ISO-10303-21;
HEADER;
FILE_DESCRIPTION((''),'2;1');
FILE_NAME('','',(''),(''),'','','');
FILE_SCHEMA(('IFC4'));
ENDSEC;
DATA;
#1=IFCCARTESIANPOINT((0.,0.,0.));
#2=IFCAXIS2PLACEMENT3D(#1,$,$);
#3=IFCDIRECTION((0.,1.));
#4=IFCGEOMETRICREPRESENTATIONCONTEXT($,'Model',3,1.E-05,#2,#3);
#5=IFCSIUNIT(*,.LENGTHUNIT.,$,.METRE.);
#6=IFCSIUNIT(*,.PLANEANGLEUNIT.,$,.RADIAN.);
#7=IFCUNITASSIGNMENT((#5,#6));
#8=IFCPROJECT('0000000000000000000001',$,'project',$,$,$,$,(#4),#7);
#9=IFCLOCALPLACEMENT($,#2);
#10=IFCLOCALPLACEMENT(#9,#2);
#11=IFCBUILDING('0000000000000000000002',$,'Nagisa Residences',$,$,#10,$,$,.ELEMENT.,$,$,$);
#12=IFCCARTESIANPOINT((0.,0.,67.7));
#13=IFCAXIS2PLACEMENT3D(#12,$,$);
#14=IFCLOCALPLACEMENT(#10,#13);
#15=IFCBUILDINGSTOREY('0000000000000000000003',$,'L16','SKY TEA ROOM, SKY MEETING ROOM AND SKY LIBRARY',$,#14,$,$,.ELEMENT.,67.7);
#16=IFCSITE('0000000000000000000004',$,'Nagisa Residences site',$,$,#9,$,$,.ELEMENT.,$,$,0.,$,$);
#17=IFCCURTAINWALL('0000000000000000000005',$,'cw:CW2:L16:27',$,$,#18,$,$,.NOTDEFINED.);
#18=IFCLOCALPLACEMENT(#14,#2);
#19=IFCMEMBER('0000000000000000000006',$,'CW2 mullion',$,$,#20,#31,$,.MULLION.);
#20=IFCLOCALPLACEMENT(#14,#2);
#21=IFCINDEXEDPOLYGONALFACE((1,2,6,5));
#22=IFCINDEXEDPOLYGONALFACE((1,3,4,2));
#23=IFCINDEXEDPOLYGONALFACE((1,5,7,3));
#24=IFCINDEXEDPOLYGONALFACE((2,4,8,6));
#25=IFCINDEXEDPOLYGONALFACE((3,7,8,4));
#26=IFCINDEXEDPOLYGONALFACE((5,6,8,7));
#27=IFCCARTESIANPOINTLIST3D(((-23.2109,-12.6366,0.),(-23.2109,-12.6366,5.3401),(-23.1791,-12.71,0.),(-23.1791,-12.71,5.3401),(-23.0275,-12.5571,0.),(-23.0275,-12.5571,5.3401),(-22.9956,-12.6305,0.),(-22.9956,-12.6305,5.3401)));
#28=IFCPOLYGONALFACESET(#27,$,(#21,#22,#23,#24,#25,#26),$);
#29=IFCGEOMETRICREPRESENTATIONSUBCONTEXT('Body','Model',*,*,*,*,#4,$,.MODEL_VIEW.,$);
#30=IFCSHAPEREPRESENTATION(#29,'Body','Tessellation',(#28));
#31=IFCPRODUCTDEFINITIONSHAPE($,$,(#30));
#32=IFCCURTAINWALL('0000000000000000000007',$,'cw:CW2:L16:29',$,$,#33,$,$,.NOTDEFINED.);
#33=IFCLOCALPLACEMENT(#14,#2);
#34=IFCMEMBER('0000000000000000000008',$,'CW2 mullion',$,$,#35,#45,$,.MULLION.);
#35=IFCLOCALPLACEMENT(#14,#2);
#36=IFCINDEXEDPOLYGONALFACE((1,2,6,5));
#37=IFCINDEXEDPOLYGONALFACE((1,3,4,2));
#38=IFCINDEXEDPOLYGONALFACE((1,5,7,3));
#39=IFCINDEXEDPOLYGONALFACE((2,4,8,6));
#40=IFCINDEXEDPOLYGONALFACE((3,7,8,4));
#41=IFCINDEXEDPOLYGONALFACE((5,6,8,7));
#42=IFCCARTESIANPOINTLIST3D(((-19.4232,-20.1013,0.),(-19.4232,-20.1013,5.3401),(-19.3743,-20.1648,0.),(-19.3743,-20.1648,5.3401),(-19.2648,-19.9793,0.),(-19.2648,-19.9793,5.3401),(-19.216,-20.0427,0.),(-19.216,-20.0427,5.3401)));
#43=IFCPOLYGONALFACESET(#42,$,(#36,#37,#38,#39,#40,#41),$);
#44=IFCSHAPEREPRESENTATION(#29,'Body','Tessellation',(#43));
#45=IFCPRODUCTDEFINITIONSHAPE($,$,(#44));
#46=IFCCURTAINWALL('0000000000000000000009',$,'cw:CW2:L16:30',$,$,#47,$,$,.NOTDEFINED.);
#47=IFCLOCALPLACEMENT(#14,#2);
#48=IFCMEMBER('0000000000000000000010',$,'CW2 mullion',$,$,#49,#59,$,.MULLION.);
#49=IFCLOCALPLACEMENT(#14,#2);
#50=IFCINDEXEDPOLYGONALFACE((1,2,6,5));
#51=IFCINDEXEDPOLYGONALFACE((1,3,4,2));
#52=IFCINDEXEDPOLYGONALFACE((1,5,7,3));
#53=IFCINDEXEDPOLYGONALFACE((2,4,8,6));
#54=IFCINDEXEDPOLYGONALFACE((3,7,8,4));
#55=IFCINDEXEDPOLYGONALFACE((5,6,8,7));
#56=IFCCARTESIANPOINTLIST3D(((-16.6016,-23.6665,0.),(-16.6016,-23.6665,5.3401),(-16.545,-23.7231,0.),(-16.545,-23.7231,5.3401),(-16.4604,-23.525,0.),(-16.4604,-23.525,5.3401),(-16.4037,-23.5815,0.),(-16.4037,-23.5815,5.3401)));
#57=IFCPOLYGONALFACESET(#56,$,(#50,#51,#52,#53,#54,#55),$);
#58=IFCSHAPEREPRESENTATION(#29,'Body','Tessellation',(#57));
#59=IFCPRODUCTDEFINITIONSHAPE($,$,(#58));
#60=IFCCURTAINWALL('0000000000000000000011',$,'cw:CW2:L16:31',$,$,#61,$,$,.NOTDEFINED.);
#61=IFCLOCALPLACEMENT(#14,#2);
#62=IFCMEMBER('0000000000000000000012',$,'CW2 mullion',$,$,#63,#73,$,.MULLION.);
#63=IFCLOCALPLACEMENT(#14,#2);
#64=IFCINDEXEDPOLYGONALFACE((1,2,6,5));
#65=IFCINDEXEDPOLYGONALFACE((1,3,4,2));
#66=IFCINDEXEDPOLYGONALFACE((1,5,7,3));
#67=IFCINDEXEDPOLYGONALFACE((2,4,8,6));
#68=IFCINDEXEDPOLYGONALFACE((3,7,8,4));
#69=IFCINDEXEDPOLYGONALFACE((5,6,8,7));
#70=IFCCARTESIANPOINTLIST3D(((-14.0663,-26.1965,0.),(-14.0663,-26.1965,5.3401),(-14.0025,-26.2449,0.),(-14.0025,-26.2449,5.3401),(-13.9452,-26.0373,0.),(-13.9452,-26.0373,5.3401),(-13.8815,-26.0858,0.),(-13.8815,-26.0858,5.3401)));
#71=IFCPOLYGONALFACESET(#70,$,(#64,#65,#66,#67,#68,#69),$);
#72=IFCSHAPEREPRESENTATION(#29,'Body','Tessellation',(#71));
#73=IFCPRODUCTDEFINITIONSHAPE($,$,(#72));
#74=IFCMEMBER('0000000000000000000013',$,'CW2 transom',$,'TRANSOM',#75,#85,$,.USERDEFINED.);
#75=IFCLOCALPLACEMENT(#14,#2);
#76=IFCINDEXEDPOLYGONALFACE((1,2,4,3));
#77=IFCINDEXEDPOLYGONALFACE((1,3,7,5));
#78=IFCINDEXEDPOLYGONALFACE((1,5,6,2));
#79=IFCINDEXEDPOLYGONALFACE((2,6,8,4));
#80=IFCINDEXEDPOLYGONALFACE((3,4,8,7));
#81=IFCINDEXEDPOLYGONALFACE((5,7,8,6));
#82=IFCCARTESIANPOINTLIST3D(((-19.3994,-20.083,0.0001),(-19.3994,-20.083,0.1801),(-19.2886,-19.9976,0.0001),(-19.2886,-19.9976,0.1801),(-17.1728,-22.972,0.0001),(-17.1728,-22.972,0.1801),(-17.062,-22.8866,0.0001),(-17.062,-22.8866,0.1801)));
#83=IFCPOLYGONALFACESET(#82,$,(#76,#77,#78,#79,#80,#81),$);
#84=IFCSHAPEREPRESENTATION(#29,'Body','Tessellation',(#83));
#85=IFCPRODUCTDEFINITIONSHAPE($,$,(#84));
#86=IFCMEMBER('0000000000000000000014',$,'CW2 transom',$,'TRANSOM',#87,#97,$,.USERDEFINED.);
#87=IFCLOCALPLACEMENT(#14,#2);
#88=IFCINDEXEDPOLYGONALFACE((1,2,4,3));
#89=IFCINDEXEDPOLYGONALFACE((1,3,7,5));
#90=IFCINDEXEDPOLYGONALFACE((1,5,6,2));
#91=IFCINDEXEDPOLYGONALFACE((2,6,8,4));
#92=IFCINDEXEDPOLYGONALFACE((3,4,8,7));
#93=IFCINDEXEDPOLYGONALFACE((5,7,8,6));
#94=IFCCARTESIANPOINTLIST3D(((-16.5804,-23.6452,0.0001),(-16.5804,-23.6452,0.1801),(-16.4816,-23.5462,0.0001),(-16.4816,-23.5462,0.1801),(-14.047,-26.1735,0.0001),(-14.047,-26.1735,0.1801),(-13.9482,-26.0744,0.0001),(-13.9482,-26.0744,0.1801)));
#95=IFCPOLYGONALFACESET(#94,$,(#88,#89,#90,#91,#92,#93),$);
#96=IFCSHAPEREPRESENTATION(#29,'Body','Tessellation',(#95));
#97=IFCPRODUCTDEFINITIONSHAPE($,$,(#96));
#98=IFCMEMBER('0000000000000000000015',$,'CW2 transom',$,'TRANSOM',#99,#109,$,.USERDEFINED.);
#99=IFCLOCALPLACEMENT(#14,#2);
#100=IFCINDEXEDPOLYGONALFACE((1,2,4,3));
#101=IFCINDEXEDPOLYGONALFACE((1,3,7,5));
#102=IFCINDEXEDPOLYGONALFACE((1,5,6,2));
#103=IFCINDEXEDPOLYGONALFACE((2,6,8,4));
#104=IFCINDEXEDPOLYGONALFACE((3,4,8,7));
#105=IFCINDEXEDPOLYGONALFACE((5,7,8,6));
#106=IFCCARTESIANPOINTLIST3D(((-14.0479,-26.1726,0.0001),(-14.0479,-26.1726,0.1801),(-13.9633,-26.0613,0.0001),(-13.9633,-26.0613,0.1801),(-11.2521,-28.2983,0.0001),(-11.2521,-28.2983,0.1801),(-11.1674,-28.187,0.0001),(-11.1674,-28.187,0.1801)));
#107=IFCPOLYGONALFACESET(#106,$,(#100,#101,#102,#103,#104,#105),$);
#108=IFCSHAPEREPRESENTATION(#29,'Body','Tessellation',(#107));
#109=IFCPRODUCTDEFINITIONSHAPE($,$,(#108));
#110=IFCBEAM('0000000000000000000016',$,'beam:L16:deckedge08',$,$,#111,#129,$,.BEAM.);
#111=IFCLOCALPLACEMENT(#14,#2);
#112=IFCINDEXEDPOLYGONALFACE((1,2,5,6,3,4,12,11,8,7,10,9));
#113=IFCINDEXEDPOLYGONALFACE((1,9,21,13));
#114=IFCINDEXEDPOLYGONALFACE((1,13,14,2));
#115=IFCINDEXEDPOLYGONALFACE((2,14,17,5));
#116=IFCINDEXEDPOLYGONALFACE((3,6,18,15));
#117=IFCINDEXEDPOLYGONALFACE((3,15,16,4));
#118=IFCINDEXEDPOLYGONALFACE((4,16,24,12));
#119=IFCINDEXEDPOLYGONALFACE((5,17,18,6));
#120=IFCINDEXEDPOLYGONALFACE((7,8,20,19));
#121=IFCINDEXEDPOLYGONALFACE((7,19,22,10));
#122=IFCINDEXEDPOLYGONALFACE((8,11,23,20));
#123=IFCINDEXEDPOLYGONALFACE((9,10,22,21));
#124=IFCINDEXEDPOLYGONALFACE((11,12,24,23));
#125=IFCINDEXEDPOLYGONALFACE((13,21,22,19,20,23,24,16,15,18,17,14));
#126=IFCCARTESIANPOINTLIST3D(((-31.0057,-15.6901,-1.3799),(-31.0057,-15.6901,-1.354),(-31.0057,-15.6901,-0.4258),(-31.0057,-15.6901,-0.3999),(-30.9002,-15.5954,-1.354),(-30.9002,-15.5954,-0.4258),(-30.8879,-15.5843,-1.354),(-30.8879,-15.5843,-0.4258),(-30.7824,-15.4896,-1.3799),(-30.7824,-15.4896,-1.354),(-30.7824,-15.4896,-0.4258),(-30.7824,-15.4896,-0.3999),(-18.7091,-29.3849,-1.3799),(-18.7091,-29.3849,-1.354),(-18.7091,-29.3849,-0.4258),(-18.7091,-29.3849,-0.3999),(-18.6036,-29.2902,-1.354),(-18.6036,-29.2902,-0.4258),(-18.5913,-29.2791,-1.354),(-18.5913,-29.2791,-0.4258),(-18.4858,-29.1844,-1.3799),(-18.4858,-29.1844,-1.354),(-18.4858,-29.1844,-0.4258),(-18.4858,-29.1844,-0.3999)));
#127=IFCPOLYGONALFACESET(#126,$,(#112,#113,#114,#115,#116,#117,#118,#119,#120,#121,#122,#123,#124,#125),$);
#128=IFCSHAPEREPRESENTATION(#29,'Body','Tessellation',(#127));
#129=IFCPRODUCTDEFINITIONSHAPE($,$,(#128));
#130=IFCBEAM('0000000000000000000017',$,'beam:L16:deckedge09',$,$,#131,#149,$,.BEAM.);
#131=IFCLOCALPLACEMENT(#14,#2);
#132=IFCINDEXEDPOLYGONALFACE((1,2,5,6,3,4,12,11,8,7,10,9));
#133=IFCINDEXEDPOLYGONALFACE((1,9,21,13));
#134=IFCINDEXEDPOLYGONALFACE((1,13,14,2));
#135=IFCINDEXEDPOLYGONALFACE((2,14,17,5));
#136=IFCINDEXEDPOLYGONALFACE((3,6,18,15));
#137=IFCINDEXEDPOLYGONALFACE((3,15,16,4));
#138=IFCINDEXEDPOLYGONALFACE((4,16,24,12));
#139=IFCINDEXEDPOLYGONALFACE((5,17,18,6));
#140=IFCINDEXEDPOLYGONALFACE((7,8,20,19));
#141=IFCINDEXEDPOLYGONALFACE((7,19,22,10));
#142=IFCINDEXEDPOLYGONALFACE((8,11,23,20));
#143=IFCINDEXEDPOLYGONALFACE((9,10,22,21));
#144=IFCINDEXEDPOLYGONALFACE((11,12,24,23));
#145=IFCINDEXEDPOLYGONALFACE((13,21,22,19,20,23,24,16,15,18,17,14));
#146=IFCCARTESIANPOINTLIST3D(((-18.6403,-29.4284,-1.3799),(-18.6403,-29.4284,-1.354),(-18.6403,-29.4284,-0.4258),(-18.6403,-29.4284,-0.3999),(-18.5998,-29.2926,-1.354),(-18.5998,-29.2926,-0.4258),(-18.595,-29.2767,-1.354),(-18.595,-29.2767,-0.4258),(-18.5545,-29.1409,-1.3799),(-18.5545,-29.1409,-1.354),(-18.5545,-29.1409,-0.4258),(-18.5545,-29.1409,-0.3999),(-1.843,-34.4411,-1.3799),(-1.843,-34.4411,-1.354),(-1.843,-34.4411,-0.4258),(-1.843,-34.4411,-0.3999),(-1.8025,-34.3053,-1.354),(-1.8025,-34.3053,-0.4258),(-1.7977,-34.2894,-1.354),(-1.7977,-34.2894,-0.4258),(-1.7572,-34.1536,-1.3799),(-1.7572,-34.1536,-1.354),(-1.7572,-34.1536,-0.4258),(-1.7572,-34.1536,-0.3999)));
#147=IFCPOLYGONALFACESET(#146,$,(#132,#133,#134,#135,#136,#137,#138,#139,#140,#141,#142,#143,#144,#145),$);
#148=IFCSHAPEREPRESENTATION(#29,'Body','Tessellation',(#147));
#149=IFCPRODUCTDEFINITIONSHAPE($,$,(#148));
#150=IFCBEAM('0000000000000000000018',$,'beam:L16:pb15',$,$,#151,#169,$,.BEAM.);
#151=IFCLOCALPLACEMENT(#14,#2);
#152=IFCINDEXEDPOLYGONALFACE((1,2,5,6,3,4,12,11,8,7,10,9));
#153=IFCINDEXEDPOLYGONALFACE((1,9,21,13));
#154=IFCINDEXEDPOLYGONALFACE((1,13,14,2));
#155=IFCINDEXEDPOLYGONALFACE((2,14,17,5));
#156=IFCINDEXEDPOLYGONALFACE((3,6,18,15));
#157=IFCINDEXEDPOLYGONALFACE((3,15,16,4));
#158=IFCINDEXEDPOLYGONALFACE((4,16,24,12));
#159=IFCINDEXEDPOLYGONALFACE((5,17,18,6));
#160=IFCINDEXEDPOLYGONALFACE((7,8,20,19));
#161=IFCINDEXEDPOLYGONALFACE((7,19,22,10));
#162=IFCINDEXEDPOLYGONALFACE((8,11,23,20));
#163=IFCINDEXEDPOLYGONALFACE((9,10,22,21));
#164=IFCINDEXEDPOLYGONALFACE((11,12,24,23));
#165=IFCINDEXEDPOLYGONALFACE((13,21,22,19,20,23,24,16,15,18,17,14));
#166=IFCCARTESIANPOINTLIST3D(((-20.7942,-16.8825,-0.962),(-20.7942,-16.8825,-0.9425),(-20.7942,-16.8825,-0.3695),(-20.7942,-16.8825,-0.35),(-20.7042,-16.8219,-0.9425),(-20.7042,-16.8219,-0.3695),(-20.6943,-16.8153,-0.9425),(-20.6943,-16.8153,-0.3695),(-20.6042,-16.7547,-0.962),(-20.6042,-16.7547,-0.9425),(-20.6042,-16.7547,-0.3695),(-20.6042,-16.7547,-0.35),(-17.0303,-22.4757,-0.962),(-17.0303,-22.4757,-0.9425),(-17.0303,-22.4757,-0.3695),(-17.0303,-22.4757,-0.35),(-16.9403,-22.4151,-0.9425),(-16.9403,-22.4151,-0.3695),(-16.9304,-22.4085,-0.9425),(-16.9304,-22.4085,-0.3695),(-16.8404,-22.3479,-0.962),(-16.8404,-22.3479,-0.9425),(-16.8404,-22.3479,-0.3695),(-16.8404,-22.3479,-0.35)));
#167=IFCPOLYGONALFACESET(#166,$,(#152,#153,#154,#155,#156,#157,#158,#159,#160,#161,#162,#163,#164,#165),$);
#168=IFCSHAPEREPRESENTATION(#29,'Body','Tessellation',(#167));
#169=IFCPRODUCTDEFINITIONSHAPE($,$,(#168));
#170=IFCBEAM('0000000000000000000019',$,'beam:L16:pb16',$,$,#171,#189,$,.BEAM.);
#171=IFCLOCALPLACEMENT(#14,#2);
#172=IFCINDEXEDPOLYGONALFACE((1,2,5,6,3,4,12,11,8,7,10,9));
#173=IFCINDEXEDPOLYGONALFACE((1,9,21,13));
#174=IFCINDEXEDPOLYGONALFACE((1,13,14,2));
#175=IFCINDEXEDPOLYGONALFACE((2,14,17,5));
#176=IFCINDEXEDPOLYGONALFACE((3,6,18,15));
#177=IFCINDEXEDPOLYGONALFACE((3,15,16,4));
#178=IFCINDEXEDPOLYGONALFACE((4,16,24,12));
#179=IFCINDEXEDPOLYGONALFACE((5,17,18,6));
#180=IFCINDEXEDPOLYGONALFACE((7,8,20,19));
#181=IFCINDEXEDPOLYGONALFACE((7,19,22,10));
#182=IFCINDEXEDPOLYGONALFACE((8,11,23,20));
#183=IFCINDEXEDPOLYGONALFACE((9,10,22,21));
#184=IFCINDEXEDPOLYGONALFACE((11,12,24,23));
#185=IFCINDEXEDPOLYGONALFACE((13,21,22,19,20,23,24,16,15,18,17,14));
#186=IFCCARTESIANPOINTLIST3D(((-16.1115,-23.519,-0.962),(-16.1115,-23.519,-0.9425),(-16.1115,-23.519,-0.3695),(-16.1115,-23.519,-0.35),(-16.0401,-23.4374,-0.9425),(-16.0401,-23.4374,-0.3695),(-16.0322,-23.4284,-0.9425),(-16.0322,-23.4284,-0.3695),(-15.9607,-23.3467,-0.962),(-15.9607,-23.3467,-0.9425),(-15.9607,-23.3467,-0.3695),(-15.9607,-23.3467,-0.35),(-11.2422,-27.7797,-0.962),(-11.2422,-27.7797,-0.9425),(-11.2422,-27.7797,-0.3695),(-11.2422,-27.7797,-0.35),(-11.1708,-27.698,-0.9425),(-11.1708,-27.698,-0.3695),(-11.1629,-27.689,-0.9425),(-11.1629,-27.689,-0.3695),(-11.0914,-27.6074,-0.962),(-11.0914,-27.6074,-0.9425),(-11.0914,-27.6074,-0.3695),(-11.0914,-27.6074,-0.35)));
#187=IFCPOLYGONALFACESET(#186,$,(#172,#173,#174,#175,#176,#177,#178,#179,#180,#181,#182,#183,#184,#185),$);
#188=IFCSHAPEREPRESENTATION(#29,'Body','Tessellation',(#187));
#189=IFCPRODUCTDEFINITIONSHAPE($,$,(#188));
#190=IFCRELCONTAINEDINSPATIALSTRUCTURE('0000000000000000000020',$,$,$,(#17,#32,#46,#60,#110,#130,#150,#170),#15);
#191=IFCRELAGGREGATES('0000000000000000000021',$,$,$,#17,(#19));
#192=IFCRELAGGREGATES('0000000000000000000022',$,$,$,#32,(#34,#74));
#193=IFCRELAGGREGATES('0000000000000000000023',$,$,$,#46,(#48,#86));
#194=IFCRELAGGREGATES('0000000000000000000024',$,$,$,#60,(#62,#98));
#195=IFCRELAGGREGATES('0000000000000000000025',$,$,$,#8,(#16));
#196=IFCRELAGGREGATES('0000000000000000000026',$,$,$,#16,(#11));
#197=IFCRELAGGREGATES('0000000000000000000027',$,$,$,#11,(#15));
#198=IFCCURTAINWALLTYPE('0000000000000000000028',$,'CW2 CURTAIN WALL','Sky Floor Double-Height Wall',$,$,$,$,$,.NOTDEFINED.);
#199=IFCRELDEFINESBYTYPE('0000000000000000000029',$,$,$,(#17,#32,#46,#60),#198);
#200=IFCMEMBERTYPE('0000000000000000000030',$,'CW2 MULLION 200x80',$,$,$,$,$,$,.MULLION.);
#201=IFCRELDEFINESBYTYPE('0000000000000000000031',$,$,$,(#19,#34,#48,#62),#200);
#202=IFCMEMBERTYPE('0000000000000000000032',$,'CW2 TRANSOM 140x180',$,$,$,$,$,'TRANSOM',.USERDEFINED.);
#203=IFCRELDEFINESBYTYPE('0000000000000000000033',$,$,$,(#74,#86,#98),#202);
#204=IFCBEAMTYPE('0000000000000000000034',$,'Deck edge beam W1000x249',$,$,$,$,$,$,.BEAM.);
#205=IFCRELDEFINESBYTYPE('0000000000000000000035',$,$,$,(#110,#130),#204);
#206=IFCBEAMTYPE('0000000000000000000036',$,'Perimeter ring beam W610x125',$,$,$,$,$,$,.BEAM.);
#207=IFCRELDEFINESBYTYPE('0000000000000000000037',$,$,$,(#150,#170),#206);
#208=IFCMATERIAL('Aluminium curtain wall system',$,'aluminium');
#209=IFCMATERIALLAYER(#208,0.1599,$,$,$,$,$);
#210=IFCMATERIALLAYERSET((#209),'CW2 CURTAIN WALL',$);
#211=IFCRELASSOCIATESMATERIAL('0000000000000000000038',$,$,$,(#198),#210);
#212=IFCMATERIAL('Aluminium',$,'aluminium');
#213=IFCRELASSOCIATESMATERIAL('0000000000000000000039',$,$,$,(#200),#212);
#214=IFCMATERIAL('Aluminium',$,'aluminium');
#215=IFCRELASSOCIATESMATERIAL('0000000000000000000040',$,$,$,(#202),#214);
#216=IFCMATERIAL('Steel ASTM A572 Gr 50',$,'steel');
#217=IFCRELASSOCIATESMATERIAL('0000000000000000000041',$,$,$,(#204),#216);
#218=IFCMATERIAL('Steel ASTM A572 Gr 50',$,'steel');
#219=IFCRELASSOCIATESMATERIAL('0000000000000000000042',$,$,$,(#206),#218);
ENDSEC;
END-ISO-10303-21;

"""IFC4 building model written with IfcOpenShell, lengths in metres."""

from ifc_helpers import new_model, si_unit, direction, frame, origin, origin_2d, place, context, subcontext, project, spatial, rectangle, i_section, extrude, material, layer, layer_set, material_profile, profile_set, type_object, element, aggregate, save


model = new_model("IFC4")

# Units and contexts
model_context = context("Model", 3, precision=1e-05, world=origin(), true_north=direction((0.0, 1.0)))
body_context = subcontext(model_context, "Body", "Model", "MODEL_VIEW")
ifc_project = project(units=[si_unit("LENGTHUNIT", "METRE"), si_unit("PLANEANGLEUNIT", "RADIAN")], contexts=[model_context])

# Site, building, storey
site_placement = place(None, origin())
site = spatial("IfcSite", under=ifc_project, at=site_placement, Name="Nagisa Residences site", CompositionType="ELEMENT", RefElevation=0.0)
building_placement = place(site_placement, origin())
building = spatial("IfcBuilding", under=site, at=building_placement, Name="Nagisa Residences", CompositionType="ELEMENT")
storey_placement = place(building_placement, frame((0.0, 0.0, 67.7)))
storey = spatial("IfcBuildingStorey", under=building, at=storey_placement, Name="L16", Description="SKY TEA ROOM, SKY MEETING ROOM AND SKY LIBRARY", CompositionType="ELEMENT", Elevation=67.7)

# Curtain walls, members
ifc_material_1 = material(Name="Aluminium curtain wall system", Category="aluminium")
ifc_layer_1 = layer(ifc_material_1, 0.1599)
ifc_layer_set_1 = layer_set([ifc_layer_1], Name="CW2 CURTAIN WALL")
curtain_wall_type = type_object("IfcCurtainWallType", Name="CW2 CURTAIN WALL", Description="Sky Floor Double-Height Wall", PredefinedType="NOTDEFINED", material=ifc_layer_set_1)
curtain_wall_1_placement = place(storey_placement, origin())
curtain_wall_1 = element("IfcCurtainWall", 1, at=curtain_wall_1_placement, inside=storey, type_object=curtain_wall_type, Name="cw:CW2:L16:27", PredefinedType="NOTDEFINED")
ifc_material_2 = material(Name="Aluminium", Category="aluminium")
ifc_material_profile_1 = material_profile(ifc_material_2, rectangle(XDim=0.2, YDim=0.0801, at=origin_2d()), Name="CW2 MULLION 200x80")
ifc_profile_set_1 = profile_set([ifc_material_profile_1], Name="Aluminium")
member_type_1 = type_object("IfcMemberType", Name="CW2 MULLION 200x80", PredefinedType="MULLION", material=ifc_profile_set_1)
member_1_placement = place(storey_placement, frame((-23.1033, -12.6335, 0.0), z_axis=(0.0, 0.0, 1.0), x_axis=(0.917543, 0.397636, 0.0)))
member_1 = element("IfcMember", 2, at=member_1_placement, type_object=member_type_1, Name="CW2 mullion", PredefinedType="MULLION", context=body_context, shape_type="SweptSolid", body=[
    extrude(rectangle(XDim=0.2, YDim=0.0801, at=origin_2d()), origin(), (0.0, 0.0, 1.0), 5.3401),
])
aggregate(curtain_wall_1, [member_1])
curtain_wall_2_placement = place(storey_placement, origin())
curtain_wall_2 = element("IfcCurtainWall", 3, at=curtain_wall_2_placement, inside=storey, type_object=curtain_wall_type, Name="cw:CW2:L16:29", PredefinedType="NOTDEFINED")
member_2_placement = place(storey_placement, frame((-19.3196, -20.072, 0.0), z_axis=(0.0, 0.0, 1.0), x_axis=(0.79207, 0.61043, 0.0)))
member_2 = element("IfcMember", 4, at=member_2_placement, type_object=member_type_1, Name="CW2 mullion", PredefinedType="MULLION", context=body_context, shape_type="SweptSolid", body=[
    extrude(rectangle(XDim=0.2, YDim=0.0801, at=origin_2d()), origin(), (0.0, 0.0, 1.0), 5.3401),
])
curtain_wall_3_placement = place(storey_placement, origin())
curtain_wall_3 = element("IfcCurtainWall", 5, at=curtain_wall_3_placement, inside=storey, type_object=curtain_wall_type, Name="cw:CW2:L16:30", PredefinedType="NOTDEFINED")
member_3_placement = place(storey_placement, frame((-16.5027, -23.624, 0.0), z_axis=(0.0, 0.0, 1.0), x_axis=(0.706377, 0.707836, 0.0)))
member_3 = element("IfcMember", 6, at=member_3_placement, type_object=member_type_1, Name="CW2 mullion", PredefinedType="MULLION", context=body_context, shape_type="SweptSolid", body=[
    extrude(rectangle(XDim=0.2, YDim=0.0801, at=origin_2d()), origin(), (0.0, 0.0, 1.0), 5.3401),
])
curtain_wall_4_placement = place(storey_placement, origin())
curtain_wall_4 = element("IfcCurtainWall", 7, at=curtain_wall_4_placement, inside=storey, type_object=curtain_wall_type, Name="cw:CW2:L16:31", PredefinedType="NOTDEFINED")
member_4_placement = place(storey_placement, frame((-13.9739, -26.1411, 0.0), z_axis=(0.0, 0.0, 1.0), x_axis=(0.605255, 0.796031, 0.0)))
member_4 = element("IfcMember", 8, at=member_4_placement, type_object=member_type_1, Name="CW2 mullion", PredefinedType="MULLION", context=body_context, shape_type="SweptSolid", body=[
    extrude(rectangle(XDim=0.2, YDim=0.0801, at=origin_2d()), origin(), (0.0, 0.0, 1.0), 5.3401),
])

# Members
ifc_material_3 = material(Name="Aluminium", Category="aluminium")
ifc_material_profile_2 = material_profile(ifc_material_3, rectangle(XDim=0.1399, YDim=0.1799, at=origin_2d()), Name="CW2 TRANSOM 140x180")
ifc_profile_set_2 = profile_set([ifc_material_profile_2], Name="Aluminium")
member_type_2 = type_object("IfcMemberType", Name="CW2 TRANSOM 140x180", ElementType="TRANSOM", PredefinedType="USERDEFINED", material=ifc_profile_set_2)
member_5_placement = place(storey_placement, frame((-19.344, -20.0403, 0.0901), z_axis=(0.610454, -0.792051, 0.0), x_axis=(0.792051, 0.610454, 0.0)))
member_5 = element("IfcMember", 9, at=member_5_placement, type_object=member_type_2, Name="CW2 transom", ObjectType="TRANSOM", PredefinedType="USERDEFINED", context=body_context, shape_type="SweptSolid", body=[
    extrude(rectangle(XDim=0.1399, YDim=0.1799, at=origin_2d()), origin(), (0.0, 0.0, 1.0), 3.6475),
])
aggregate(curtain_wall_2, [member_2, member_5])
member_6_placement = place(storey_placement, frame((-16.531, -23.5957, 0.0901), z_axis=(0.707823, -0.70639, 0.0), x_axis=(0.70639, 0.707823, 0.0)))
member_6 = element("IfcMember", 10, at=member_6_placement, type_object=member_type_2, Name="CW2 transom", ObjectType="TRANSOM", PredefinedType="USERDEFINED", context=body_context, shape_type="SweptSolid", body=[
    extrude(rectangle(XDim=0.1399, YDim=0.1799, at=origin_2d()), origin(), (0.0, 0.0, 1.0), 3.5791),
])
aggregate(curtain_wall_3, [member_3, member_6])
member_7_placement = place(storey_placement, frame((-14.0056, -26.1169, 0.0901), z_axis=(0.796046, -0.605237, 0.0), x_axis=(0.605237, 0.796046, 0.0)))
member_7 = element("IfcMember", 11, at=member_7_placement, type_object=member_type_2, Name="CW2 transom", ObjectType="TRANSOM", PredefinedType="USERDEFINED", context=body_context, shape_type="SweptSolid", body=[
    extrude(rectangle(XDim=0.1399, YDim=0.1799, at=origin_2d()), origin(), (0.0, 0.0, 1.0), 3.5122),
])
aggregate(curtain_wall_4, [member_4, member_7])

# Beams
ifc_material_4 = material(Name="Steel ASTM A572 Gr 50", Category="steel")
ifc_material_profile_3 = material_profile(ifc_material_4, i_section(OverallWidth=0.3, OverallDepth=0.98, WebThickness=0.0166, FlangeThickness=0.0259, at=origin_2d()), Name="W1000x249")
ifc_profile_set_3 = profile_set([ifc_material_profile_3], Name="Steel ASTM A572 Gr 50")
beam_type_1 = type_object("IfcBeamType", Name="Deck edge beam W1000x249", PredefinedType="BEAM", material=ifc_profile_set_3)
beam_1_placement = place(storey_placement, frame((-30.894, -15.5898, -0.8899), z_axis=(0.668102, -0.744069, 0.0), x_axis=(0.744069, 0.668102, 0.0)))
element("IfcBeam", 12, at=beam_1_placement, inside=storey, type_object=beam_type_1, Name="beam:L16:deckedge08", PredefinedType="BEAM", context=body_context, shape_type="SweptSolid", body=[
    extrude(i_section(OverallWidth=0.3, OverallDepth=0.98, WebThickness=0.0166, FlangeThickness=0.0259, at=origin_2d()), origin(), (0.0, 0.0, 1.0), 18.4053),
])
beam_2_placement = place(storey_placement, frame((-18.5974, -29.2847, -0.8899), z_axis=(0.958242, -0.28596, 0.0), x_axis=(0.28596, 0.958242, 0.0)))
element("IfcBeam", 13, at=beam_2_placement, inside=storey, type_object=beam_type_1, Name="beam:L16:deckedge09", PredefinedType="BEAM", context=body_context, shape_type="SweptSolid", body=[
    extrude(i_section(OverallWidth=0.3, OverallDepth=0.98, WebThickness=0.0166, FlangeThickness=0.0259, at=origin_2d()), origin(), (0.0, 0.0, 1.0), 17.5293),
])
ifc_material_5 = material(Name="Steel ASTM A572 Gr 50", Category="steel")
ifc_material_profile_4 = material_profile(ifc_material_5, i_section(OverallWidth=0.229, OverallDepth=0.6121, WebThickness=0.012, FlangeThickness=0.0195, at=origin_2d()), Name="W610x125")
ifc_profile_set_4 = profile_set([ifc_material_profile_4], Name="Steel ASTM A572 Gr 50")
beam_type_2 = type_object("IfcBeamType", Name="Perimeter ring beam W610x125", PredefinedType="BEAM", material=ifc_profile_set_4)
beam_3_placement = place(storey_placement, frame((-20.6992, -16.8186, -0.656), z_axis=(0.558297, -0.829641, 0.0), x_axis=(0.829641, 0.558297, 0.0)))
element("IfcBeam", 14, at=beam_3_placement, inside=storey, type_object=beam_type_2, Name="beam:L16:pb15", PredefinedType="BEAM", context=body_context, shape_type="SweptSolid", body=[
    extrude(i_section(OverallWidth=0.229, OverallDepth=0.6121, WebThickness=0.012, FlangeThickness=0.0195, at=origin_2d()), origin(), (0.0, 0.0, 1.0), 6.7417),
])
beam_4_placement = place(storey_placement, frame((-16.0361, -23.4329, -0.656), z_axis=(0.752574, -0.658507, 0.0), x_axis=(0.658507, 0.752574, 0.0)))
element("IfcBeam", 15, at=beam_4_placement, inside=storey, type_object=beam_type_2, Name="beam:L16:pb16", PredefinedType="BEAM", context=body_context, shape_type="SweptSolid", body=[
    extrude(i_section(OverallWidth=0.229, OverallDepth=0.6121, WebThickness=0.012, FlangeThickness=0.0195, at=origin_2d()), origin(), (0.0, 0.0, 1.0), 6.4702),
])

save(model, "model.ifc")
